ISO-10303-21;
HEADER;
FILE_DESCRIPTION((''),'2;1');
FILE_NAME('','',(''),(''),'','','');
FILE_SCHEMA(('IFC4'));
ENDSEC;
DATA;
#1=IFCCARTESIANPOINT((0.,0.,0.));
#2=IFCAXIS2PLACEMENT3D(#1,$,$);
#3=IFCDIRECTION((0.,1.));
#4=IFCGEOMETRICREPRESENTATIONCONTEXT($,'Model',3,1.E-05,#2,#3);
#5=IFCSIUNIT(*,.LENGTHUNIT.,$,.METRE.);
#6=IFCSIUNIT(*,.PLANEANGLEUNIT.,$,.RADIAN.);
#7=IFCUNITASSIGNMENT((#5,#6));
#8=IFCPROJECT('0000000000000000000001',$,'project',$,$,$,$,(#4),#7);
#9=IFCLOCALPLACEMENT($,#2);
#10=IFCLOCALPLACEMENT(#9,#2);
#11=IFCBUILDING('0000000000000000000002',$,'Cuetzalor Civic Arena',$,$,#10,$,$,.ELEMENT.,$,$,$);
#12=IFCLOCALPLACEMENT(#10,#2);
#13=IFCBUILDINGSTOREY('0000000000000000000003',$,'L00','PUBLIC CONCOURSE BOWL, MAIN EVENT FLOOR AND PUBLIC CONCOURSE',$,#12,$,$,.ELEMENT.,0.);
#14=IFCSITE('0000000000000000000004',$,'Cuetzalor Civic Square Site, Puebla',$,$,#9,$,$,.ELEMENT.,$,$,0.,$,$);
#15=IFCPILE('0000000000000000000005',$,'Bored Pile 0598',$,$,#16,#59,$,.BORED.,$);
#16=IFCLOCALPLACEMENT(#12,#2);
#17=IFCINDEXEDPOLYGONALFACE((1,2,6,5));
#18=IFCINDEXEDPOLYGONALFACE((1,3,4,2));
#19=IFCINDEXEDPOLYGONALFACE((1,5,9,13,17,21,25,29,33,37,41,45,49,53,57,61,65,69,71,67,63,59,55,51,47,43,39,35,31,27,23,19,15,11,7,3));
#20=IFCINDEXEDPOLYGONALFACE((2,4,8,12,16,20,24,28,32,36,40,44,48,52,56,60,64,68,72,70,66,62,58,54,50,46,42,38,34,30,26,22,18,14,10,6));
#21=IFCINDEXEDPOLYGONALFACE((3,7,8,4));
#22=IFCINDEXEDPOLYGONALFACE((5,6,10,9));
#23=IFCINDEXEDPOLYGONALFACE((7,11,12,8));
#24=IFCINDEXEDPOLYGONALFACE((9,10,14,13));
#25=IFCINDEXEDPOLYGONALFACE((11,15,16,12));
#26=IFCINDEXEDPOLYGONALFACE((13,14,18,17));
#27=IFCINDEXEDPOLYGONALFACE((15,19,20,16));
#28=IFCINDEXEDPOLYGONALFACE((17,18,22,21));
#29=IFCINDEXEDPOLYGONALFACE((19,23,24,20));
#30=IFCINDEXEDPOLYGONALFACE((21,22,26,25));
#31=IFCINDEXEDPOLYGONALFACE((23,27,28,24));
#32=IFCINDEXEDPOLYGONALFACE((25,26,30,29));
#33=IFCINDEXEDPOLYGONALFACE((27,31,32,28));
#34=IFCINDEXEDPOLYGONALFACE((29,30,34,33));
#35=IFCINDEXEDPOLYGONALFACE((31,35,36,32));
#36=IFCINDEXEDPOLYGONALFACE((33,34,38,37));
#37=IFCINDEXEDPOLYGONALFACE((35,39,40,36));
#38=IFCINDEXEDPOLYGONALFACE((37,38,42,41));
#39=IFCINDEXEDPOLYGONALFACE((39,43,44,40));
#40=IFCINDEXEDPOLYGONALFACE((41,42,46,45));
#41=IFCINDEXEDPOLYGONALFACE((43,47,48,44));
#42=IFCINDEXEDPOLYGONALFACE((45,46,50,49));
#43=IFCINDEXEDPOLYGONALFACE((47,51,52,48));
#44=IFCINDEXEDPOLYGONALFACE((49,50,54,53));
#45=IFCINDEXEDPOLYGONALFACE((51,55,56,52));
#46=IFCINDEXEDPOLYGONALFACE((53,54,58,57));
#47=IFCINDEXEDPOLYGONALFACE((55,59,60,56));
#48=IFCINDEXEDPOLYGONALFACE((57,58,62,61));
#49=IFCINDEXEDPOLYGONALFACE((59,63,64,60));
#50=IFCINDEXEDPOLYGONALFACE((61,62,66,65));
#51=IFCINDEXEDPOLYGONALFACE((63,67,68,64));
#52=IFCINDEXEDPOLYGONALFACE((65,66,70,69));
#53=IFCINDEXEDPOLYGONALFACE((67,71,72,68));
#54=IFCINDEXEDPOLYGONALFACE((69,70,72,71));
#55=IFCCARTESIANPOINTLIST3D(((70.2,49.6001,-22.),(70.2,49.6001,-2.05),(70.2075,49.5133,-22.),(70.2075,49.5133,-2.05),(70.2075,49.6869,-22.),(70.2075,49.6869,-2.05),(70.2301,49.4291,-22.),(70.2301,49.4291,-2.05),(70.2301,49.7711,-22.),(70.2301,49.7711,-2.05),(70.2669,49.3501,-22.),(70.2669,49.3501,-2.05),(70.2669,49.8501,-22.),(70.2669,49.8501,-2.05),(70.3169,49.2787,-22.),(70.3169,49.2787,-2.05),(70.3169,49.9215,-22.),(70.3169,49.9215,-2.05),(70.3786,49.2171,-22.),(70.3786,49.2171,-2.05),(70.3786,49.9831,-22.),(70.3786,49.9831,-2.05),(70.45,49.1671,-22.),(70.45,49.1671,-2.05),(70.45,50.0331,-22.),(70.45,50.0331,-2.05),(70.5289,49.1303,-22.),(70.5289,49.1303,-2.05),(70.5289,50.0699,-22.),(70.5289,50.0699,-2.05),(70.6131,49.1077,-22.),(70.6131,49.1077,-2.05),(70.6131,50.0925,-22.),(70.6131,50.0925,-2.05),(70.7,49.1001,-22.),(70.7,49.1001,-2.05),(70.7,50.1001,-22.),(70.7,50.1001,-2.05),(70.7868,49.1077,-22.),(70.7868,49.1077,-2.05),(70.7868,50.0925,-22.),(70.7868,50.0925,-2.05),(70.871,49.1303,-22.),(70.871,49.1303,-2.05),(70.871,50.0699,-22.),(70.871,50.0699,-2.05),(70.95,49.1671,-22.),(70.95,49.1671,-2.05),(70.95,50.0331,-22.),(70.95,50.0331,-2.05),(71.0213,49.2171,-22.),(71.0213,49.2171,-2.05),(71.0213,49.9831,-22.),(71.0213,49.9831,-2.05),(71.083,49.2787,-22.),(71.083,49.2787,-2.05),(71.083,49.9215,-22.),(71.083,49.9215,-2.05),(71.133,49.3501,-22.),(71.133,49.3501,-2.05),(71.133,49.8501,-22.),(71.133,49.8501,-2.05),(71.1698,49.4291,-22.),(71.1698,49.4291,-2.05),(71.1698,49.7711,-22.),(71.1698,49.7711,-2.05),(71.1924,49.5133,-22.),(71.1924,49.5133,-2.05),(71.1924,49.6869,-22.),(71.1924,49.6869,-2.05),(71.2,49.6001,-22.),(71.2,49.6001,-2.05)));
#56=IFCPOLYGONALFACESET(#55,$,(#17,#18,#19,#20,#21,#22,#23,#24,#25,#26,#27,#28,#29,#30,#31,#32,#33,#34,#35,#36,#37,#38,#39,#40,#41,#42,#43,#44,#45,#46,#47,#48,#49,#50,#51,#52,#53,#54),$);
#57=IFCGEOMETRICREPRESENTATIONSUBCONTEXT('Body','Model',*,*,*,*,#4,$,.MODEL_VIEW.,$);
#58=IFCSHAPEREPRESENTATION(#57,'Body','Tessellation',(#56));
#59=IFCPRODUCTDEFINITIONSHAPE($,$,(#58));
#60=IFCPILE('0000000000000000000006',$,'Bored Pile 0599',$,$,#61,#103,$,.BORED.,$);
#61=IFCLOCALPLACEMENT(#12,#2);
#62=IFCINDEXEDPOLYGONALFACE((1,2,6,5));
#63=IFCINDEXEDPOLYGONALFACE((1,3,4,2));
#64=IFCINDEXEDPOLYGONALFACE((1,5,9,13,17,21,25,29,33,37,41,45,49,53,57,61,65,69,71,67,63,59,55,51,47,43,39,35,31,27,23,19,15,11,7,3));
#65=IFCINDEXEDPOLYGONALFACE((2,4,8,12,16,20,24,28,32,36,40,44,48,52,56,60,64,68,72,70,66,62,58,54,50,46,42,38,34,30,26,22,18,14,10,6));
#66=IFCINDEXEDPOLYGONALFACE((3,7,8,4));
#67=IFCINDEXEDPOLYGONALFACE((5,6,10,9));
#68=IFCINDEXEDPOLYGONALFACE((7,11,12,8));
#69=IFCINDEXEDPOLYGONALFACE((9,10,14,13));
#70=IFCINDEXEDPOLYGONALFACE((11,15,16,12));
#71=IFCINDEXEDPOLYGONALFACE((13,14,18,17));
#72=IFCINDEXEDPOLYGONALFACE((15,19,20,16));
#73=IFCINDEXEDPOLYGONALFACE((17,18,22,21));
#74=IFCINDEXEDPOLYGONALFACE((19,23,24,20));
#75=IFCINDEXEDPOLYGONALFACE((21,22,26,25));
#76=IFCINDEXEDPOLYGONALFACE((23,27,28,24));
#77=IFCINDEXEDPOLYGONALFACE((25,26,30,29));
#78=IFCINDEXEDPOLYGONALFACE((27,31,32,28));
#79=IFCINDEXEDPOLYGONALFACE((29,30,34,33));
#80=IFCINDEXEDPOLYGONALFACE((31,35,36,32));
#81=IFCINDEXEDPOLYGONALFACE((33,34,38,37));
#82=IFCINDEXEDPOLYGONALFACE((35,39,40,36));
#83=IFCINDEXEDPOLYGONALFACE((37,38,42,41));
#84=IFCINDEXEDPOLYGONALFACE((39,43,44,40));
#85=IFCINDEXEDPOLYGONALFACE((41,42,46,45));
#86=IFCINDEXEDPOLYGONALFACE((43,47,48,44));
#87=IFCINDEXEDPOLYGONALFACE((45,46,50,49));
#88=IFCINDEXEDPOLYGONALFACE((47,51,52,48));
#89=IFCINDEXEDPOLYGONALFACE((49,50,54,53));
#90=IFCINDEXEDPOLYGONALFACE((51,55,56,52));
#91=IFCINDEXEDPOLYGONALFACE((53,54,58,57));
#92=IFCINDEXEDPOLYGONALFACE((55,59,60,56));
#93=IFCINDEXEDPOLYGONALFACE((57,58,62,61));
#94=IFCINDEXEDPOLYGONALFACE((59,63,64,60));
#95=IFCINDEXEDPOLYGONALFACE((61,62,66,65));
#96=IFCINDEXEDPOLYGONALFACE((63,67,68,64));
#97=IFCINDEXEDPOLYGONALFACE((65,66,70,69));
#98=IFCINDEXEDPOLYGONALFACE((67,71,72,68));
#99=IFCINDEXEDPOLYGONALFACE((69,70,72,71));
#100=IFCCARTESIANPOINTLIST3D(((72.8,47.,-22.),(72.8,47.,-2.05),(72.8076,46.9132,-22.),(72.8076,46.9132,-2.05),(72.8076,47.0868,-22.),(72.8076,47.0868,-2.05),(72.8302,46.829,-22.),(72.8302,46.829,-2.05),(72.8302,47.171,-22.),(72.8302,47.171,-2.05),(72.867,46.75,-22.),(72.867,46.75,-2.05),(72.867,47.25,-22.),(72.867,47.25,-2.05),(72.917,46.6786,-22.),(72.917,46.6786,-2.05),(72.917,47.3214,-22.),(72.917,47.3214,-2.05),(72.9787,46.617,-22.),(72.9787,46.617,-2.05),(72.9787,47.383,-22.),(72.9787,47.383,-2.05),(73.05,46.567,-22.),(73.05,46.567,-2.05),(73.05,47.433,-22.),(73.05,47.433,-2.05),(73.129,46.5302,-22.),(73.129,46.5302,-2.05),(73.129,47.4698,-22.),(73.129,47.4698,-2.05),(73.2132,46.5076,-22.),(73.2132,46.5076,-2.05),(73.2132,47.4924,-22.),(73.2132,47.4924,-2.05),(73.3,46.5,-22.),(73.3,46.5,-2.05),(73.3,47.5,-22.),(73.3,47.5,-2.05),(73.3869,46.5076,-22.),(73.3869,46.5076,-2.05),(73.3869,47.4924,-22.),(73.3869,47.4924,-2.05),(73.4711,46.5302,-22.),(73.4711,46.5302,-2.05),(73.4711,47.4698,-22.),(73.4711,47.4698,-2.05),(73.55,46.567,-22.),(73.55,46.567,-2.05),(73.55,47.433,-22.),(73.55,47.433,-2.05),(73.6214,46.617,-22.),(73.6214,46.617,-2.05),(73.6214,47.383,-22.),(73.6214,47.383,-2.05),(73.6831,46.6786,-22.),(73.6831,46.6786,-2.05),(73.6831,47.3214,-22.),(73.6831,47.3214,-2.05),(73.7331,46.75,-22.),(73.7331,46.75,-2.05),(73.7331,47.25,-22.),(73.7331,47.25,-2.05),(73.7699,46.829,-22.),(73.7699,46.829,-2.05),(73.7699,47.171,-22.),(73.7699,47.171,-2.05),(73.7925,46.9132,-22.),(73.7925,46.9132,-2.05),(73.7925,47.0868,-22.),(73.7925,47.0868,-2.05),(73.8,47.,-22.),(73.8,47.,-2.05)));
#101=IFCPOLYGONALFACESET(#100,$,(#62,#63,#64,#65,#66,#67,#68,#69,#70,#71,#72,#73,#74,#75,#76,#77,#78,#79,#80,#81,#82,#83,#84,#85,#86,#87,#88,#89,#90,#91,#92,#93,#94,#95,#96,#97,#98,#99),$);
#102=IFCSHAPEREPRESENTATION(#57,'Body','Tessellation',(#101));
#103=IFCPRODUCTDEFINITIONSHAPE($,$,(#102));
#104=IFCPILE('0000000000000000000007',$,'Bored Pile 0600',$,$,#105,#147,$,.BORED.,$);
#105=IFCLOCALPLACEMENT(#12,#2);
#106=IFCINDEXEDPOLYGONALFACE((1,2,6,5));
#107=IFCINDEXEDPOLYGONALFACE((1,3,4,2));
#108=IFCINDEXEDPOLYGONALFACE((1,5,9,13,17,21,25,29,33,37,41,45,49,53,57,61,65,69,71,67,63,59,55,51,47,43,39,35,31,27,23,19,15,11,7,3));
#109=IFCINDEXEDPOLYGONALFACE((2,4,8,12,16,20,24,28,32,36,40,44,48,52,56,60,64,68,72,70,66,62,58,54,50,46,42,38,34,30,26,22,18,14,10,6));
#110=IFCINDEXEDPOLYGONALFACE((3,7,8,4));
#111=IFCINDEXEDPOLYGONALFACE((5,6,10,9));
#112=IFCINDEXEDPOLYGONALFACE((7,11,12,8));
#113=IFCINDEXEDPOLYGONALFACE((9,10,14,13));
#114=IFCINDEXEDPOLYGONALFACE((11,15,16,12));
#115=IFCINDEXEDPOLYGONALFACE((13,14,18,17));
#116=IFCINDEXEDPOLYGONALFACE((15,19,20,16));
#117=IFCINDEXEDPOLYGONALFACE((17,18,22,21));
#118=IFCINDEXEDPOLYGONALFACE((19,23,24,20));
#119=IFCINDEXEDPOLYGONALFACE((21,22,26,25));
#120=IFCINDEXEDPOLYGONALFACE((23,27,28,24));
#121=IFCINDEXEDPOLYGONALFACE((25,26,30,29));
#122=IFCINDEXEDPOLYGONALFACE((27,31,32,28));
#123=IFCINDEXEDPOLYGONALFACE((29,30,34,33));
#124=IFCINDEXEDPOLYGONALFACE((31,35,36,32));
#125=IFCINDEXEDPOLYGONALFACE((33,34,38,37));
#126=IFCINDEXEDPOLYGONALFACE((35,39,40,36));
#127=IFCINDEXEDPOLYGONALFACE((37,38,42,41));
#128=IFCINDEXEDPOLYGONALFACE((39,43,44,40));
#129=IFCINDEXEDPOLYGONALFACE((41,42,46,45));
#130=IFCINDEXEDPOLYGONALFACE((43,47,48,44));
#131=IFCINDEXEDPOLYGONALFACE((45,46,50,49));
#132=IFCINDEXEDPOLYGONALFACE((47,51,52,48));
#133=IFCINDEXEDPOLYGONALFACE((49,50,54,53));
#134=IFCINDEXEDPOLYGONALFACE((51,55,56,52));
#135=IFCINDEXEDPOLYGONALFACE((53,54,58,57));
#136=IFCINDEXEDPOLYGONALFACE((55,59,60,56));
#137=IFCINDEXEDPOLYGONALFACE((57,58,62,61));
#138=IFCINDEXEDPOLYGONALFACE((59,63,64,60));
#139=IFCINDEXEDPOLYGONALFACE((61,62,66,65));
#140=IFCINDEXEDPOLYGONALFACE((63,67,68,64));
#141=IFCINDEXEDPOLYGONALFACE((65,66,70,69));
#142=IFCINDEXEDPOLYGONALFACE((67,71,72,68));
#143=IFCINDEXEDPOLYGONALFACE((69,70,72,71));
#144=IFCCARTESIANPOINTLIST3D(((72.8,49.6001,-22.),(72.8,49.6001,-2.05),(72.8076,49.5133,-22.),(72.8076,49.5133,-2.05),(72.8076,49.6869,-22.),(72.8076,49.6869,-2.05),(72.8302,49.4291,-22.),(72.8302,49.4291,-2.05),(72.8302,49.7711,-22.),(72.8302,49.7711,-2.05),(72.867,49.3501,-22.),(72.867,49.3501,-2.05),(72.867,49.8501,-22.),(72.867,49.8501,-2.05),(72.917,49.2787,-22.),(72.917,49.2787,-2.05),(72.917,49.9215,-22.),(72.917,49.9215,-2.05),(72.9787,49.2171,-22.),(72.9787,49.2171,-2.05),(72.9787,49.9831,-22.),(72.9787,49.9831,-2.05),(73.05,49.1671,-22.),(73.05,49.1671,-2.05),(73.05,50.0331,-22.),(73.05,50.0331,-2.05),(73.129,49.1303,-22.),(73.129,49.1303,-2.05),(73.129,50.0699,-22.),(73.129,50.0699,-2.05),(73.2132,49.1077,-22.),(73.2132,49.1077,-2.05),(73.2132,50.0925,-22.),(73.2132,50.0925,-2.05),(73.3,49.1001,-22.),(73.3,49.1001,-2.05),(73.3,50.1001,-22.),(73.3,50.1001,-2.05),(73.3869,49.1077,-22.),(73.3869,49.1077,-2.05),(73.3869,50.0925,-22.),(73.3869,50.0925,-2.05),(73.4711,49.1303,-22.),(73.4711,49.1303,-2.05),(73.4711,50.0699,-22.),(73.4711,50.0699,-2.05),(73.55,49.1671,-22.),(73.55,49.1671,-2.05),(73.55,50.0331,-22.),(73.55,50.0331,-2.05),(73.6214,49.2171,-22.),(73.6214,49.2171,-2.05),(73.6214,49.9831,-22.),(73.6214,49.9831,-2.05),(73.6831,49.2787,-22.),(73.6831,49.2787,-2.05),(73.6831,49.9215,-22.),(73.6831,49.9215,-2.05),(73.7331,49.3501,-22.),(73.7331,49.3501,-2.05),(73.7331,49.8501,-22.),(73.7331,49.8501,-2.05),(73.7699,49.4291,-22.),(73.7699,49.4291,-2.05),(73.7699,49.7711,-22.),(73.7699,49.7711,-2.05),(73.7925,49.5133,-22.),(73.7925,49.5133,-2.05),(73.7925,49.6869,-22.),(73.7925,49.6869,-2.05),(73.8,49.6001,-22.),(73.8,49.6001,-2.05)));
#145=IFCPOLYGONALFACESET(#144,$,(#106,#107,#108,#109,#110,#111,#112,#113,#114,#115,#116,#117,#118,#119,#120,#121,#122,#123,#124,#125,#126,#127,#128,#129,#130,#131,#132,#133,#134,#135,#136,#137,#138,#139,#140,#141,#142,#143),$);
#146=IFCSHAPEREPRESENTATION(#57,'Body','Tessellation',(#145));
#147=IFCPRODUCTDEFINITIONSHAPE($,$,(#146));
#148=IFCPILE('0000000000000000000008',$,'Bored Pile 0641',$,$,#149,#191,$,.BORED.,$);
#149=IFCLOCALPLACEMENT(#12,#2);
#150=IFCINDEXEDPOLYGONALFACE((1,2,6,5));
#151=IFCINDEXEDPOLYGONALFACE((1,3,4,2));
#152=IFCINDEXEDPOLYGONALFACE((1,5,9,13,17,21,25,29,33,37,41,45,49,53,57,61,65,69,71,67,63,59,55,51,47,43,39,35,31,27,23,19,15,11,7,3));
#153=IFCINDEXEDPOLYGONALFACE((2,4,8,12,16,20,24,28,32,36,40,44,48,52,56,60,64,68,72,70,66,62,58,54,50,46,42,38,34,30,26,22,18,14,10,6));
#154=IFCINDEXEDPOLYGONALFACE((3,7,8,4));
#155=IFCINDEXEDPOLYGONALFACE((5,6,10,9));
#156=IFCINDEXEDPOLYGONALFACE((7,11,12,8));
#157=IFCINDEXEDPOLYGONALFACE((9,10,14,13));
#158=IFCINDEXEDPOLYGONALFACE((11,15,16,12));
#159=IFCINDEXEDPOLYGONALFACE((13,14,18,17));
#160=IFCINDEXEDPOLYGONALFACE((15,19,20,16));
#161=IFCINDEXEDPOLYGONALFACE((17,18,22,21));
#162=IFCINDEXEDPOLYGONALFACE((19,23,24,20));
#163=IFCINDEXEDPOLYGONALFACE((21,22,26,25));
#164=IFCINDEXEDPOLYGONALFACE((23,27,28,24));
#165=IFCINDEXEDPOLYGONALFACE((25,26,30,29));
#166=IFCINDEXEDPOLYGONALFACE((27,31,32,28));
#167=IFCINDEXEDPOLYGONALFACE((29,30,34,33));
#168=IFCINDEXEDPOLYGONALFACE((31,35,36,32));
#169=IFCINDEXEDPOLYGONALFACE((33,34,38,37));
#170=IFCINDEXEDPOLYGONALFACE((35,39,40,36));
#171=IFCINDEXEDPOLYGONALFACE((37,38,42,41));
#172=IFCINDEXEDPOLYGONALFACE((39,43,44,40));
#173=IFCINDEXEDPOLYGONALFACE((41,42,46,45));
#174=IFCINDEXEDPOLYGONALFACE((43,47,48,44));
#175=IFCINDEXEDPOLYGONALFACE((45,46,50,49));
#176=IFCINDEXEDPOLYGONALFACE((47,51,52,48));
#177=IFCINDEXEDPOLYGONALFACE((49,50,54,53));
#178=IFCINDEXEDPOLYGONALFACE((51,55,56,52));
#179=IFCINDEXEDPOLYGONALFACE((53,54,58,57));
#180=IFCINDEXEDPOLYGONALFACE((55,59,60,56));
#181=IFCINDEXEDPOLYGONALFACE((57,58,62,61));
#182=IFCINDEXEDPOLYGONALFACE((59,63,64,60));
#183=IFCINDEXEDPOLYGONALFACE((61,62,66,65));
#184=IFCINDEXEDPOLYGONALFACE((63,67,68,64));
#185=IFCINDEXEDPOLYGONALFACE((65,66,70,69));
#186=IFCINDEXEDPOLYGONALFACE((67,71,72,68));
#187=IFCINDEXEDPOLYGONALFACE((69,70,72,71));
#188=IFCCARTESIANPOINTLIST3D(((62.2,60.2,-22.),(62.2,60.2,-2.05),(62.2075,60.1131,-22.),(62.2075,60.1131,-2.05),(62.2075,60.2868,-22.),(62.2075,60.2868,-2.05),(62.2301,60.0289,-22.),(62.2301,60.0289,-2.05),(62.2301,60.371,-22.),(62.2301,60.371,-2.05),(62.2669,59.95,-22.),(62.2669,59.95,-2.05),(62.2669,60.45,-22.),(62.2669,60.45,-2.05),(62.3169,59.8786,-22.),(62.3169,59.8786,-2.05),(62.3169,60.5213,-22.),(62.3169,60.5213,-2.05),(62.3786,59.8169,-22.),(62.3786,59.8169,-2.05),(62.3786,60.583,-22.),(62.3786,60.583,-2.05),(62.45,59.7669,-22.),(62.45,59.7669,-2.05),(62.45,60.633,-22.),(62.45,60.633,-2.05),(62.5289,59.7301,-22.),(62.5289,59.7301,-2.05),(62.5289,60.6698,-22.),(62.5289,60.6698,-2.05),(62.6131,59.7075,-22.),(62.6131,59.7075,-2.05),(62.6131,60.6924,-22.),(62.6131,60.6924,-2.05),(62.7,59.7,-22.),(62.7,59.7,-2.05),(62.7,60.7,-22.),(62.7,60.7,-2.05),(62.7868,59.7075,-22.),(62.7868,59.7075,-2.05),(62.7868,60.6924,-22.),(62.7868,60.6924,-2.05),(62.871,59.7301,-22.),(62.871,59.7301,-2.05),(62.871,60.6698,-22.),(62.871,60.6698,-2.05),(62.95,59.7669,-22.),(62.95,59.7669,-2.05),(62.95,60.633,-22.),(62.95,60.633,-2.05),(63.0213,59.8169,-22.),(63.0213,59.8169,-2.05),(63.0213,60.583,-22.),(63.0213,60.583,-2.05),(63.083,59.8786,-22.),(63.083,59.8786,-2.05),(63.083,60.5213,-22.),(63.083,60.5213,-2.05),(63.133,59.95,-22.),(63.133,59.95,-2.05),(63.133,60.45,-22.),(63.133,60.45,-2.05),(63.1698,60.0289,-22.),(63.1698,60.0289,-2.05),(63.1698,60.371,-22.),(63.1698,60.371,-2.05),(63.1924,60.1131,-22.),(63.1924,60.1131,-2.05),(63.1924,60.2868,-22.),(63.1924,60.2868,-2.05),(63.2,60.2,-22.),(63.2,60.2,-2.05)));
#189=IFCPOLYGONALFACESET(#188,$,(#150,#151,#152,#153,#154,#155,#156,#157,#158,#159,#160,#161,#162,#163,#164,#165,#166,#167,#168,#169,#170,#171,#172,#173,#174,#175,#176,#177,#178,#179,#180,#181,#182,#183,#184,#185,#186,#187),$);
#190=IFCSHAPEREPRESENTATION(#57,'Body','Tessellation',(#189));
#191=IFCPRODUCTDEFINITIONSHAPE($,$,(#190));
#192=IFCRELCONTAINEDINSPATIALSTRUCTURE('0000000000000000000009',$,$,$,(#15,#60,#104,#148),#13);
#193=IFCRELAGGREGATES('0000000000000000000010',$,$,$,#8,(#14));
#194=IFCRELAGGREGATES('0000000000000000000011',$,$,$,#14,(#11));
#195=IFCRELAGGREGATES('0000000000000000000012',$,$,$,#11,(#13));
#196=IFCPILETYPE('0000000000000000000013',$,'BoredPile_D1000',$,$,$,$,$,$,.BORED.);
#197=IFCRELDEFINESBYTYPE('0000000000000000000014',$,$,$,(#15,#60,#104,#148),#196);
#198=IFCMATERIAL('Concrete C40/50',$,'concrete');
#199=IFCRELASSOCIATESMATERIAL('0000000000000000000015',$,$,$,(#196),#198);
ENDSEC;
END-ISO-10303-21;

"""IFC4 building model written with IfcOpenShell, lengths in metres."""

from ifc_helpers import new_model, si_unit, direction, frame, origin, origin_2d, place, context, subcontext, project, spatial, circle, extrude, material, material_profile, profile_set, type_object, element, save


model = new_model("IFC4")

# Units and contexts
model_context = context("Model", 3, precision=1e-05, world=origin(), true_north=direction((0.0, 1.0)))
body_context = subcontext(model_context, "Body", "Model", "MODEL_VIEW")
ifc_project = project(units=[si_unit("LENGTHUNIT", "METRE"), si_unit("PLANEANGLEUNIT", "RADIAN")], contexts=[model_context])

# Site, building, storey
site_placement = place(None, origin())
site = spatial("IfcSite", under=ifc_project, at=site_placement, Name="Cuetzalor Civic Square Site, Puebla", CompositionType="ELEMENT", RefElevation=0.0)
building_placement = place(site_placement, origin())
building = spatial("IfcBuilding", under=site, at=building_placement, Name="Cuetzalor Civic Arena", CompositionType="ELEMENT")
storey_placement = place(building_placement, origin())
storey = spatial("IfcBuildingStorey", under=building, at=storey_placement, Name="L00", Description="PUBLIC CONCOURSE BOWL, MAIN EVENT FLOOR AND PUBLIC CONCOURSE", CompositionType="ELEMENT", Elevation=0.0)

# Piles
ifc_material_1 = material(Name="Concrete C40/50", Category="concrete")
ifc_material_profile_1 = material_profile(ifc_material_1, circle(Radius=0.5, at=origin_2d()), Name="BORED PILE D1000")
ifc_profile_set_1 = profile_set([ifc_material_profile_1], Name="Concrete C40/50")
pile_type_1 = type_object("IfcPileType", Name="BoredPile_D1000", PredefinedType="BORED", material=ifc_profile_set_1)
for number, where, z_axis, x_axis, name in (
    (1, (70.7, 49.6001, -2.05), (0.0, 0.0, -1.0), (1.0, 0.0, 0.0), "Bored Pile 0598"),
    (2, (73.3, 47.0, -2.05), (0.0, 0.0, -1.0), (1.0, 0.0, 0.0), "Bored Pile 0599"),
    (3, (73.3, 49.6001, -2.05), (0.0, 0.0, -1.0), (1.0, 0.0, 0.0), "Bored Pile 0600"),
    (4, (62.7, 60.2, -2.05), (0.0, 0.0, -1.0), (1.0, 0.0, 0.0), "Bored Pile 0641"),
):
    element("IfcPile", number, at=place(storey_placement, frame(where, z_axis=z_axis, x_axis=x_axis)), inside=storey, type_object=pile_type_1, Name=name, PredefinedType="BORED", context=body_context, shape_type="SweptSolid", body=[
        extrude(circle(Radius=0.5, at=origin_2d()), origin(), (0.0, 0.0, 1.0), 19.95),
    ])

save(model, "model.ifc")
